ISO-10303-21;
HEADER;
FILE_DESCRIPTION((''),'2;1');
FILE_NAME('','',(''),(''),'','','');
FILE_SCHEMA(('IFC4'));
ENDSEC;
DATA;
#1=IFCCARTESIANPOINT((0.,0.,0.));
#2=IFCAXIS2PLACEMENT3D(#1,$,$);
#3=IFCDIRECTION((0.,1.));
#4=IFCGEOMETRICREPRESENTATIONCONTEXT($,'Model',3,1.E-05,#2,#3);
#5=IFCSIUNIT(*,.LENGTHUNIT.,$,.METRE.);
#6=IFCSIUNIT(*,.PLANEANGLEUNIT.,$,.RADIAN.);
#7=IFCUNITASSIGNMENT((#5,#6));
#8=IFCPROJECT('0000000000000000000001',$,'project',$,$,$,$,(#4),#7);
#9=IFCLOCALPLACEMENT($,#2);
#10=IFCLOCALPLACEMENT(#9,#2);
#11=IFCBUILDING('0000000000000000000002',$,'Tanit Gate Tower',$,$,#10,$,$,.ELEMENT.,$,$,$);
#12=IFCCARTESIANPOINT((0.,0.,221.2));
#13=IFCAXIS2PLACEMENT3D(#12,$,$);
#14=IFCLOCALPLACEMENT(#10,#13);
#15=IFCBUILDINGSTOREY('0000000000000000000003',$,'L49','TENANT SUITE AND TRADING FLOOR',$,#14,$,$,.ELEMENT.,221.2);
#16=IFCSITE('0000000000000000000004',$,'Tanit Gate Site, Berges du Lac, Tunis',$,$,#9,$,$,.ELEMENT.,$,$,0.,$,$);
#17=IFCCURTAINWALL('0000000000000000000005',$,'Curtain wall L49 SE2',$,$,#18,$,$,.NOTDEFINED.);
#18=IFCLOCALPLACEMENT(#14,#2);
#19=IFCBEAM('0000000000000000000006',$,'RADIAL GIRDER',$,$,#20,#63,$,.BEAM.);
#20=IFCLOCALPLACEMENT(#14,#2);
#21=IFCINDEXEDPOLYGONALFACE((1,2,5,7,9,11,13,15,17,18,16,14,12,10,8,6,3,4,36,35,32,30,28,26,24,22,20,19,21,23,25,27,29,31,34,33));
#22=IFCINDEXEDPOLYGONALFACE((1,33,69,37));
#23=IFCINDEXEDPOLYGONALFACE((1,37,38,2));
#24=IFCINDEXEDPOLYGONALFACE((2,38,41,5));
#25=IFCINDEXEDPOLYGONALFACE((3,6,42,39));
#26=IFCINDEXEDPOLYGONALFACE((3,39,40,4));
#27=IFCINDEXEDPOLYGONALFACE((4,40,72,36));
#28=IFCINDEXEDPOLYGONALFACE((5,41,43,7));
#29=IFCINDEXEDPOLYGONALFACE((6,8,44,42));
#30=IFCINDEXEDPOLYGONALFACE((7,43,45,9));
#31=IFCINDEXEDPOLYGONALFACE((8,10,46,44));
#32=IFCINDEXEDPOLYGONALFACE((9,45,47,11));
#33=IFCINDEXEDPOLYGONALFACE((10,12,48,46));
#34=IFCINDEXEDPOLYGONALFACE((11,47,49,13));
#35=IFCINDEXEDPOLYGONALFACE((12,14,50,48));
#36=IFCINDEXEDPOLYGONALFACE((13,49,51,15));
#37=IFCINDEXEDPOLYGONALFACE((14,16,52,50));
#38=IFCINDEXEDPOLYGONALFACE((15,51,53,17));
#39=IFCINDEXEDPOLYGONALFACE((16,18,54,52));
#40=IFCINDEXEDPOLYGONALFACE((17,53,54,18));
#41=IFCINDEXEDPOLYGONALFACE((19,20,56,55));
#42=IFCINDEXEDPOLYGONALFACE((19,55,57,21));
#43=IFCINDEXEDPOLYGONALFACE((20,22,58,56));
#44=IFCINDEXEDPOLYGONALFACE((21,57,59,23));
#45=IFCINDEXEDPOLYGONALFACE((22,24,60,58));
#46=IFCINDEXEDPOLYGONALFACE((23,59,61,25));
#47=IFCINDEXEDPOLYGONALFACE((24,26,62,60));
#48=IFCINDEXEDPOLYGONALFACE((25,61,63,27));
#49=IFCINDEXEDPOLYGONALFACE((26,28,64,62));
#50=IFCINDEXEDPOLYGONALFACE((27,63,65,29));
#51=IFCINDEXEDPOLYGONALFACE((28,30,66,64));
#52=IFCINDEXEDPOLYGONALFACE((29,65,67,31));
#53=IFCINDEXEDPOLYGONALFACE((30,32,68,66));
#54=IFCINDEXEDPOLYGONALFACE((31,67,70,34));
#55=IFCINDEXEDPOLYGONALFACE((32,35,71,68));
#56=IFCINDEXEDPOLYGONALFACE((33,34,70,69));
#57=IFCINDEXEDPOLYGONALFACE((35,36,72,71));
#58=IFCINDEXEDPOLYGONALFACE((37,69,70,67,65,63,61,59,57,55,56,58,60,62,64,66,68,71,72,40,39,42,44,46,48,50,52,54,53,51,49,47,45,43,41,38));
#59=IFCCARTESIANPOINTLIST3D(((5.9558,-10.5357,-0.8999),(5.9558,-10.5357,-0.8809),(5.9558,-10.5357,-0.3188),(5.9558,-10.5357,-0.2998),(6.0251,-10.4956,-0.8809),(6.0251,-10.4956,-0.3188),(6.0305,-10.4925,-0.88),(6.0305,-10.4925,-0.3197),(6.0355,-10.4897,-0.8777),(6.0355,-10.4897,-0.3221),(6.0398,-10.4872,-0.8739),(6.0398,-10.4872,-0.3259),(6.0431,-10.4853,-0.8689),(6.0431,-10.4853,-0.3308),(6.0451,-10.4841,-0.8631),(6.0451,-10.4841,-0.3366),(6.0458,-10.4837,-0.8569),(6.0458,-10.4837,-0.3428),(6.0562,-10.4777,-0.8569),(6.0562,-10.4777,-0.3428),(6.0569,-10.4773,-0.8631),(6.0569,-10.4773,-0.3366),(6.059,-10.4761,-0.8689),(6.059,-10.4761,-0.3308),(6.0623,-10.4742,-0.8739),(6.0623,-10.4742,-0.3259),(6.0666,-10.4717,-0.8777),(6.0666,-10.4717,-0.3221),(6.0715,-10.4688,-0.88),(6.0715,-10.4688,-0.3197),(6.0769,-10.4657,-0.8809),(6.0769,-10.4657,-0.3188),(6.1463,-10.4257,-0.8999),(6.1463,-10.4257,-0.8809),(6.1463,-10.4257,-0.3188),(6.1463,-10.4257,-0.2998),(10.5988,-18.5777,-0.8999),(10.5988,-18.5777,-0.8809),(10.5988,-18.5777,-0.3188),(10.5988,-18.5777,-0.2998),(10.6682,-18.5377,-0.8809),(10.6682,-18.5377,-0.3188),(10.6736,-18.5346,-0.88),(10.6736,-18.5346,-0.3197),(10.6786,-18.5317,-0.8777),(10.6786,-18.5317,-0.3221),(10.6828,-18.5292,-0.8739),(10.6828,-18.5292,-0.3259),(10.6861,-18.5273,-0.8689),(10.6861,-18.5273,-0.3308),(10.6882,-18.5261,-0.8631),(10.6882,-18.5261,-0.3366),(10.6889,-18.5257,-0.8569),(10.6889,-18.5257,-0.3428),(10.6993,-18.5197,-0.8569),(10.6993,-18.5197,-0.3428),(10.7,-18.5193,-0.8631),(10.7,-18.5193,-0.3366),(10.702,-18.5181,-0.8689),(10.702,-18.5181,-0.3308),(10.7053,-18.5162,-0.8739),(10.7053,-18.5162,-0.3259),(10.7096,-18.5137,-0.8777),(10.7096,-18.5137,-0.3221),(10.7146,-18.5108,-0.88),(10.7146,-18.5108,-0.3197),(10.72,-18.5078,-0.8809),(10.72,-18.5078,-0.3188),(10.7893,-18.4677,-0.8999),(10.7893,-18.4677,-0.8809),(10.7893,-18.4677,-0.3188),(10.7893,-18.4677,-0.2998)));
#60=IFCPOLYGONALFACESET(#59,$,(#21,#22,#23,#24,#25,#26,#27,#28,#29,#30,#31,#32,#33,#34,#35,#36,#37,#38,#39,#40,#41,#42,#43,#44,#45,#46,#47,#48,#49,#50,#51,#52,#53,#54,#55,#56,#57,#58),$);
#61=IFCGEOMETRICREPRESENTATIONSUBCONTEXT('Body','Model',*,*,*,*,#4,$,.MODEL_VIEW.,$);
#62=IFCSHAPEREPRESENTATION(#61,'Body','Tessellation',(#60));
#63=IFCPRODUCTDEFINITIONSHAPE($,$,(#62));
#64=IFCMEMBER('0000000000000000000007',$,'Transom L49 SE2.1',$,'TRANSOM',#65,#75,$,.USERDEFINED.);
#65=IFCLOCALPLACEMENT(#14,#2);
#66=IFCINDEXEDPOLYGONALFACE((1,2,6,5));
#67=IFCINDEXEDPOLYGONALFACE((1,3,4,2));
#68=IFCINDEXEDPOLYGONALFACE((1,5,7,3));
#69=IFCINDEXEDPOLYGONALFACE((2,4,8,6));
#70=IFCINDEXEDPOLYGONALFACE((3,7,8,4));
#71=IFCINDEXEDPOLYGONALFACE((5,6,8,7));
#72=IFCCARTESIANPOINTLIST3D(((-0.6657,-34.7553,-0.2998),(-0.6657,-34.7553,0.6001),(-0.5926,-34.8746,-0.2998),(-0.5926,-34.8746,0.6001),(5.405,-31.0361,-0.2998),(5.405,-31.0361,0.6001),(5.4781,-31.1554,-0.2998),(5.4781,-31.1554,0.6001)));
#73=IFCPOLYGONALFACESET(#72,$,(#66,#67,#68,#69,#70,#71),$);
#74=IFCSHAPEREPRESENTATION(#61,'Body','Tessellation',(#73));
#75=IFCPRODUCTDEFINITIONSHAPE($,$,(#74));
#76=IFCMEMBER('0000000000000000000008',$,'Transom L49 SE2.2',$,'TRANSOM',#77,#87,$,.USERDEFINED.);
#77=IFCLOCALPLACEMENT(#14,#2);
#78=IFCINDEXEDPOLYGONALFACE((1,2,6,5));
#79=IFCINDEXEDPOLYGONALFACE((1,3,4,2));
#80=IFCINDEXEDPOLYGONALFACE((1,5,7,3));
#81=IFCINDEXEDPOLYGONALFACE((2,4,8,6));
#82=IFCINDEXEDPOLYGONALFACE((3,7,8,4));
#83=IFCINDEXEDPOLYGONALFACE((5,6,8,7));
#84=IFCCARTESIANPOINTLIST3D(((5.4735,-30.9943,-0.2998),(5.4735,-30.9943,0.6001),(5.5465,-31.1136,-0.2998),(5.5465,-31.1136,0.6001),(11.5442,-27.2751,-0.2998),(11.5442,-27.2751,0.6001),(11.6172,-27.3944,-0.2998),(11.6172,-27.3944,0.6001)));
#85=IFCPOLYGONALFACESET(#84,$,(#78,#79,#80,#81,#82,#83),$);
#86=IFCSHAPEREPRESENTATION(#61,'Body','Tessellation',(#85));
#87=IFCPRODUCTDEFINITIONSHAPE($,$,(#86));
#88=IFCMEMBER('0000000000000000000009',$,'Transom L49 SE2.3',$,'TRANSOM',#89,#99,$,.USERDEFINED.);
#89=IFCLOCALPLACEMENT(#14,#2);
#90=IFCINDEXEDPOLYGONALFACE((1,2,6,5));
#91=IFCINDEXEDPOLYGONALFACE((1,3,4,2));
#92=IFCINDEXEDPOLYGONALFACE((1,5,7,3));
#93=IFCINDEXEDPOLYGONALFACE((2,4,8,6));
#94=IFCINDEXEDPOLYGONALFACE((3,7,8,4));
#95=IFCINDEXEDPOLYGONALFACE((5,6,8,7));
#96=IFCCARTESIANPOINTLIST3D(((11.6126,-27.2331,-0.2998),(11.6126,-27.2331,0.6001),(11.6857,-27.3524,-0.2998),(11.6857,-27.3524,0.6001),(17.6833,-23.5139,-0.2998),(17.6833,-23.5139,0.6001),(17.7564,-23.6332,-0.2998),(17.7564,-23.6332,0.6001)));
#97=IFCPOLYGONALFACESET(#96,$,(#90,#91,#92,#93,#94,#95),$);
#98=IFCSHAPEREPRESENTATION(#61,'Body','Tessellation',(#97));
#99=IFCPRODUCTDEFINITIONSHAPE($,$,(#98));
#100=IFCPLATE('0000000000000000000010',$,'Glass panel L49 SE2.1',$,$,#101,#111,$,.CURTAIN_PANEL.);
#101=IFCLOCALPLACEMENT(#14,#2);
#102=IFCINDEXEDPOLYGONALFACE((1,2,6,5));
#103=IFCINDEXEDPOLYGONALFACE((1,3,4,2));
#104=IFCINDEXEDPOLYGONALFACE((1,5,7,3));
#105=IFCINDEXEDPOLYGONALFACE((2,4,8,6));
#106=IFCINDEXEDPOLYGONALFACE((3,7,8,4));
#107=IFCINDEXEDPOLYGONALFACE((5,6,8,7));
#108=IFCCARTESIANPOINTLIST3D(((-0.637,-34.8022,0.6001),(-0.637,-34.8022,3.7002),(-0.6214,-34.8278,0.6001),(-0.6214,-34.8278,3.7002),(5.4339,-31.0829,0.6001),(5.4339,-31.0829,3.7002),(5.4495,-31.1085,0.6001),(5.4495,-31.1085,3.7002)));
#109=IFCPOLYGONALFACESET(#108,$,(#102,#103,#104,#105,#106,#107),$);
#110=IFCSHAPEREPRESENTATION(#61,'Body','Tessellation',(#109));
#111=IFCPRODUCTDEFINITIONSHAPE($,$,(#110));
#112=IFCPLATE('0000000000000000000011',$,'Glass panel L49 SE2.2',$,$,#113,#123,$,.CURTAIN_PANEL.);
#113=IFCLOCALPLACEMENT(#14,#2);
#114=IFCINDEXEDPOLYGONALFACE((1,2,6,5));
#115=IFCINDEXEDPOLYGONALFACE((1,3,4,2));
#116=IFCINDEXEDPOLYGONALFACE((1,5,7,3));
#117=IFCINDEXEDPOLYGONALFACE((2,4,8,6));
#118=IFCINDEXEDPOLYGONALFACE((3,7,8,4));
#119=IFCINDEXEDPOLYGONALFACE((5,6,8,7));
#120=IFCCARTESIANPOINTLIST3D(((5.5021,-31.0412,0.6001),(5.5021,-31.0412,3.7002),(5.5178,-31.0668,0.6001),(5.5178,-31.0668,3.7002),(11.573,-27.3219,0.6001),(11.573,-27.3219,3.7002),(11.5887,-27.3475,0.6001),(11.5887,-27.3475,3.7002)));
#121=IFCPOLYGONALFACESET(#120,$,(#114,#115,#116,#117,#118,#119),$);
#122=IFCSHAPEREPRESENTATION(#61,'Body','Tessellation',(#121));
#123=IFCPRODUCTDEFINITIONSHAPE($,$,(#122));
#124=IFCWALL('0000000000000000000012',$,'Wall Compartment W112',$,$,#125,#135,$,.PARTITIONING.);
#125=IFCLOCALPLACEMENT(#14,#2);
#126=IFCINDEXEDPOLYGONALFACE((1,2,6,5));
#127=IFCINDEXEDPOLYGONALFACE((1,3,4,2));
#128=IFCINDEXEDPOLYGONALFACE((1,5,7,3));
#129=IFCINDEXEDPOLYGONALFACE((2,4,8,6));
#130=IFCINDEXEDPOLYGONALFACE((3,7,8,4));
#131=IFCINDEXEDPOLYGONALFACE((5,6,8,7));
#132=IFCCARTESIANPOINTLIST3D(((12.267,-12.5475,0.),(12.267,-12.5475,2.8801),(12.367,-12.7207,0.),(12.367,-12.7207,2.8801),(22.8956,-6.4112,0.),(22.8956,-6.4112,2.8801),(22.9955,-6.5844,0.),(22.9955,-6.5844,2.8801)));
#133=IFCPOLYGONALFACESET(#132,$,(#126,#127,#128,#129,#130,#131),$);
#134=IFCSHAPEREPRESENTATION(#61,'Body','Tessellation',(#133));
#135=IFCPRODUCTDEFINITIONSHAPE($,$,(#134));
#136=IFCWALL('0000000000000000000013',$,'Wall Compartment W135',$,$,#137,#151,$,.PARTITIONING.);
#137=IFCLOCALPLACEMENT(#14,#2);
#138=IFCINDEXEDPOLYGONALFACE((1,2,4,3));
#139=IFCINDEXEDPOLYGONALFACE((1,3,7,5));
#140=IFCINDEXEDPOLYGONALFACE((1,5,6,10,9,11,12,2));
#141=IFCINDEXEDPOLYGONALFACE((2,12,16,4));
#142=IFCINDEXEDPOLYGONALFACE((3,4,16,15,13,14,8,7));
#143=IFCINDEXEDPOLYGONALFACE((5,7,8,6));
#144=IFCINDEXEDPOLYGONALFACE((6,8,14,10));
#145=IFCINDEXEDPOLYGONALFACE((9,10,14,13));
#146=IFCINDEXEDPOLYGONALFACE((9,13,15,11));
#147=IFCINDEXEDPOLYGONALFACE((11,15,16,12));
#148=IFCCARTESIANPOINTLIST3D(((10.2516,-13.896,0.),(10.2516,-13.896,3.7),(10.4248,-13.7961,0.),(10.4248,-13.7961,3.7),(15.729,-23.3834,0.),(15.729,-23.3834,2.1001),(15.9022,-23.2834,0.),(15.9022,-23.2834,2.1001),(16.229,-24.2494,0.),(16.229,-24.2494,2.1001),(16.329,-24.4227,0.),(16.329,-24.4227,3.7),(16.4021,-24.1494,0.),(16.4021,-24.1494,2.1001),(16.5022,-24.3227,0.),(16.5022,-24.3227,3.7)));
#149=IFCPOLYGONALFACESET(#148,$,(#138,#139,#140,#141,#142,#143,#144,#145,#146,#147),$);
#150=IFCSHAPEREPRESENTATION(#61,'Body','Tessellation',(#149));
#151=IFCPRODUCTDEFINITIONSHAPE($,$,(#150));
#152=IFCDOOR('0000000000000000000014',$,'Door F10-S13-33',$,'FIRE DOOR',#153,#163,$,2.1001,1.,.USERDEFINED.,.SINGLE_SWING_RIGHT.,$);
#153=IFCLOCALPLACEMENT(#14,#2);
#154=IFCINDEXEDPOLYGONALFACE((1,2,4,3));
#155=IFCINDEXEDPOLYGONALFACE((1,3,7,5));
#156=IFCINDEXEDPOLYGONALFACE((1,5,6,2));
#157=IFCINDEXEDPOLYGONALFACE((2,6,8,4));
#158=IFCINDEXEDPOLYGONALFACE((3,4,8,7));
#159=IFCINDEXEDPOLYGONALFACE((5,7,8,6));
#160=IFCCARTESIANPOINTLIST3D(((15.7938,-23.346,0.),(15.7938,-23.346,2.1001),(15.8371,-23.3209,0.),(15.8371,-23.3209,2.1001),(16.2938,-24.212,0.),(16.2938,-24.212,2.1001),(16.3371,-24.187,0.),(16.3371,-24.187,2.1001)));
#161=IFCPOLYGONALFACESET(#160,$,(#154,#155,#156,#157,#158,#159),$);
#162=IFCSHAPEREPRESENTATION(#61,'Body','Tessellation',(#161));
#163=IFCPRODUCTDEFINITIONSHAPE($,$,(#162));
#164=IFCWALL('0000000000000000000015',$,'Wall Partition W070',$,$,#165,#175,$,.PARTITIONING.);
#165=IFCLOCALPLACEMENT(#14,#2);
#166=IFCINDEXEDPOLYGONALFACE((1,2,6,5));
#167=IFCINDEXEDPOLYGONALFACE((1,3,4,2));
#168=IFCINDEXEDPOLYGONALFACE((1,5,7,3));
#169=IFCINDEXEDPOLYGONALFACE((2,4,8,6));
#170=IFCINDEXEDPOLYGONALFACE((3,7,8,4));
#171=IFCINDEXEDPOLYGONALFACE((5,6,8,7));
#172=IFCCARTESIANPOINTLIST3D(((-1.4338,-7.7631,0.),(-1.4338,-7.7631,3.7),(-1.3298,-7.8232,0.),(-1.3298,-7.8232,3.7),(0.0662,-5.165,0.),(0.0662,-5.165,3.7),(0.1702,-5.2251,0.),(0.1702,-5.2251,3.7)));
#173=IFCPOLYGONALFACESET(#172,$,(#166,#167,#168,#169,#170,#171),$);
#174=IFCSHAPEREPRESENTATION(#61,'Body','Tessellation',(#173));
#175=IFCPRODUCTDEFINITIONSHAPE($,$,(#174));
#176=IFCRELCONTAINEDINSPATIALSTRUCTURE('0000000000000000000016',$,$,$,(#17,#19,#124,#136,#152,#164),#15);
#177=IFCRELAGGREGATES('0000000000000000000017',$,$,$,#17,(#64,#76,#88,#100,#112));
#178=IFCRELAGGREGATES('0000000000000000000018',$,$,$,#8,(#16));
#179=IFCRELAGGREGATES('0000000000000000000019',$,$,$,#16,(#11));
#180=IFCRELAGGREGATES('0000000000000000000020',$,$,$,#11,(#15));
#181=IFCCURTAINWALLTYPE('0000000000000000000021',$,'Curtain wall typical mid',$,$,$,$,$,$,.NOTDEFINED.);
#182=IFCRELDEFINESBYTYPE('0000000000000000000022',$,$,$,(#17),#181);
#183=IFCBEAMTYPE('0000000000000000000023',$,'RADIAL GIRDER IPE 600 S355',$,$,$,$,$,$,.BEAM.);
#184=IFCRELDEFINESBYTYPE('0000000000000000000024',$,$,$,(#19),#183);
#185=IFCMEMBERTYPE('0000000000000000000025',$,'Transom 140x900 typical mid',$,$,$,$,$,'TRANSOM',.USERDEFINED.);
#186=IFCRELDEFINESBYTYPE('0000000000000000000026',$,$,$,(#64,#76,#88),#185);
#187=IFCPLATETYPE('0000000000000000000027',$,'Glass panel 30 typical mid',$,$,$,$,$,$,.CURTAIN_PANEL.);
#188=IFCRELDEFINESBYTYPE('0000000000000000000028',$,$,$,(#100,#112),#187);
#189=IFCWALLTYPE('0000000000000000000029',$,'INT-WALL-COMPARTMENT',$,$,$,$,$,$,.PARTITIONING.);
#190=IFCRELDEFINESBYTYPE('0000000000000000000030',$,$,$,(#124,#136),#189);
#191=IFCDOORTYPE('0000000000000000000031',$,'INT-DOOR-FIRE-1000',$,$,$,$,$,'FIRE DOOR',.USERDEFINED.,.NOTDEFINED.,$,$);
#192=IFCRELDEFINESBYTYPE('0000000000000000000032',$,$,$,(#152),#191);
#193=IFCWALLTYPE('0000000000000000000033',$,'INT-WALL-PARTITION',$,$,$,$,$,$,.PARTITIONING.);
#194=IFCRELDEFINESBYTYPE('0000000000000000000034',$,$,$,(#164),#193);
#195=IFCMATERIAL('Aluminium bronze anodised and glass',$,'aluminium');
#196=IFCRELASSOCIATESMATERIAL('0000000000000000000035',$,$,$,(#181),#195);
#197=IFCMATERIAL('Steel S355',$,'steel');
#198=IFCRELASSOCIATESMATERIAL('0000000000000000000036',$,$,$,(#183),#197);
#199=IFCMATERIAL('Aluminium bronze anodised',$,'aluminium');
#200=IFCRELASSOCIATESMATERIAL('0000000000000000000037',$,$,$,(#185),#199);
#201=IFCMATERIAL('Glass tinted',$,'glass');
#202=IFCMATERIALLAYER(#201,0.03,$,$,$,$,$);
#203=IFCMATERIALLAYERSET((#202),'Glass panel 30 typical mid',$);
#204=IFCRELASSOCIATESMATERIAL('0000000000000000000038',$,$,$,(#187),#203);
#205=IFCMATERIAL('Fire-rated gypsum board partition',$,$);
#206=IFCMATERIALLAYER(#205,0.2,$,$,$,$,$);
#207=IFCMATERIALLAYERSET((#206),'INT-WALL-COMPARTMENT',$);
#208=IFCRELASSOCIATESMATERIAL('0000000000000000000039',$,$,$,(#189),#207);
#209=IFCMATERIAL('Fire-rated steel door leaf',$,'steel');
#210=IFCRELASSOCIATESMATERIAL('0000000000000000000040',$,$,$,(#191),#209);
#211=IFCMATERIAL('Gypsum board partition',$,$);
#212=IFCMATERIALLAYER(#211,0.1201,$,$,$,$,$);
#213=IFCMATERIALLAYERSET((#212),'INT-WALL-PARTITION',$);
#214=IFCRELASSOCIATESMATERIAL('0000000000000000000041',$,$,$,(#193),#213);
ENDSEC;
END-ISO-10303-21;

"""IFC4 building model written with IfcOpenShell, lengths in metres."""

from ifc_helpers import new_model, si_unit, direction, frame, frame_2d, origin, origin_2d, place, context, subcontext, project, spatial, rectangle, i_section, extrude, material, layer, layer_set, material_profile, profile_set, type_object, element, fill, aggregate, save


model = new_model("IFC4")

# Units and contexts
model_context = context("Model", 3, precision=1e-05, world=origin(), true_north=direction((0.0, 1.0)))
body_context = subcontext(model_context, "Body", "Model", "MODEL_VIEW")
ifc_project = project(units=[si_unit("LENGTHUNIT", "METRE"), si_unit("PLANEANGLEUNIT", "RADIAN")], contexts=[model_context])

# Site, building, storey
site_placement = place(None, origin())
site = spatial("IfcSite", under=ifc_project, at=site_placement, Name="Tanit Gate Site, Berges du Lac, Tunis", CompositionType="ELEMENT", RefElevation=0.0)
building_placement = place(site_placement, origin())
building = spatial("IfcBuilding", under=site, at=building_placement, Name="Tanit Gate Tower", CompositionType="ELEMENT")
storey_placement = place(building_placement, frame((0.0, 0.0, 221.2)))
storey = spatial("IfcBuildingStorey", under=building, at=storey_placement, Name="L49", Description="TENANT SUITE AND TRADING FLOOR", CompositionType="ELEMENT", Elevation=221.2)

# Curtain wall
ifc_material_1 = material(Name="Aluminium bronze anodised and glass", Category="aluminium")
curtain_wall_type = type_object("IfcCurtainWallType", Name="Curtain wall typical mid", PredefinedType="NOTDEFINED", material=ifc_material_1)
curtain_wall_placement = place(storey_placement, origin())
curtain_wall = element("IfcCurtainWall", 1, at=curtain_wall_placement, inside=storey, type_object=curtain_wall_type, Name="Curtain wall L49 SE2", PredefinedType="NOTDEFINED")

# Beam
ifc_material_2 = material(Name="Steel S355", Category="steel")
ifc_material_profile_1 = material_profile(ifc_material_2, i_section(OverallWidth=0.22, OverallDepth=0.6001, WebThickness=0.012, FlangeThickness=0.019, FilletRadius=0.0239, at=origin_2d()), Name="IPE 600")
ifc_profile_set_1 = profile_set([ifc_material_profile_1], Name="Steel S355")
beam_type_1 = type_object("IfcBeamType", Name="RADIAL GIRDER IPE 600 S355", PredefinedType="BEAM", material=ifc_profile_set_1)
beam_1_placement = place(storey_placement, frame((10.6941, -18.5227, -0.5999), z_axis=(-0.500002, 0.866024, 0.0), x_axis=(-0.866024, -0.500002, 0.0)))
element("IfcBeam", 2, at=beam_1_placement, inside=storey, type_object=beam_type_1, Name="RADIAL GIRDER", PredefinedType="BEAM", context=body_context, shape_type="SweptSolid", body=[
    extrude(i_section(OverallWidth=0.22, OverallDepth=0.6001, WebThickness=0.012, FlangeThickness=0.019, FilletRadius=0.0239, at=origin_2d()), origin(), (0.0, 0.0, 1.0), 9.2861),
])

# Members
ifc_material_3 = material(Name="Aluminium bronze anodised", Category="aluminium")
ifc_material_profile_2 = material_profile(ifc_material_3, rectangle(XDim=0.1399, YDim=0.8999, at=origin_2d()), Name="140x900 bronze transom")
ifc_profile_set_2 = profile_set([ifc_material_profile_2], Name="Aluminium bronze anodised")
member_type_1 = type_object("IfcMemberType", Name="Transom 140x900 typical mid", ElementType="TRANSOM", PredefinedType="USERDEFINED", material=ifc_profile_set_2)
member_1_placement = place(storey_placement, frame((-0.6292, -34.8149, 0.1501), z_axis=(0.8527, 0.522401, 0.0), x_axis=(-0.522401, 0.8527, 0.0)))
member_1 = element("IfcMember", 3, at=member_1_placement, type_object=member_type_1, Name="Transom L49 SE2.1", ObjectType="TRANSOM", PredefinedType="USERDEFINED", context=body_context, shape_type="SweptSolid", body=[
    extrude(rectangle(XDim=0.1399, YDim=0.8999, at=origin_2d()), origin(), (0.0, 0.0, 1.0), 7.1194),
])
member_2_placement = place(storey_placement, frame((5.51, -31.054, 0.1501), z_axis=(0.8527, 0.522401, 0.0), x_axis=(-0.522401, 0.8527, 0.0)))
member_2 = element("IfcMember", 4, at=member_2_placement, type_object=member_type_1, Name="Transom L49 SE2.2", ObjectType="TRANSOM", PredefinedType="USERDEFINED", context=body_context, shape_type="SweptSolid", body=[
    extrude(rectangle(XDim=0.1399, YDim=0.8999, at=origin_2d()), origin(), (0.0, 0.0, 1.0), 7.1194),
])
member_3_placement = place(storey_placement, frame((11.6492, -27.2927, 0.1501), z_axis=(0.8527, 0.522401, 0.0), x_axis=(-0.522401, 0.8527, 0.0)))
member_3 = element("IfcMember", 5, at=member_3_placement, type_object=member_type_1, Name="Transom L49 SE2.3", ObjectType="TRANSOM", PredefinedType="USERDEFINED", context=body_context, shape_type="SweptSolid", body=[
    extrude(rectangle(XDim=0.1399, YDim=0.8999, at=origin_2d()), origin(), (0.0, 0.0, 1.0), 7.1194),
])

# Plates
ifc_material_4 = material(Name="Glass tinted", Category="glass")
ifc_layer_1 = layer(ifc_material_4, 0.03)
ifc_layer_set_1 = layer_set([ifc_layer_1], Name="Glass panel 30 typical mid")
plate_type = type_object("IfcPlateType", Name="Glass panel 30 typical mid", PredefinedType="CURTAIN_PANEL", material=ifc_layer_set_1)
plate_1_placement = place(storey_placement, frame((2.4062, -32.9553, 0.6001), z_axis=(0.0, 0.0, 1.0), x_axis=(0.8527, 0.522401, 0.0)))
plate_1 = element("IfcPlate", 6, at=plate_1_placement, type_object=plate_type, Name="Glass panel L49 SE2.1", PredefinedType="CURTAIN_PANEL", context=body_context, shape_type="SweptSolid", body=[
    extrude(rectangle(XDim=7.1196, YDim=0.03, at=origin_2d()), origin(), (0.0, 0.0, 1.0), 3.1001),
])
plate_2_placement = place(storey_placement, frame((8.5454, -29.1943, 0.6001), z_axis=(0.0, 0.0, 1.0), x_axis=(0.8527, 0.522401, 0.0)))
plate_2 = element("IfcPlate", 7, at=plate_2_placement, type_object=plate_type, Name="Glass panel L49 SE2.2", PredefinedType="CURTAIN_PANEL", context=body_context, shape_type="SweptSolid", body=[
    extrude(rectangle(XDim=7.1196, YDim=0.03, at=origin_2d()), origin(), (0.0, 0.0, 1.0), 3.1001),
])
aggregate(curtain_wall, [member_1, member_2, member_3, plate_1, plate_2])

# Wall
ifc_material_5 = material(Name="Fire-rated gypsum board partition")
ifc_layer_2 = layer(ifc_material_5, 0.2)
ifc_layer_set_2 = layer_set([ifc_layer_2], Name="INT-WALL-COMPARTMENT")
wall_type_1 = type_object("IfcWallType", Name="INT-WALL-COMPARTMENT", PredefinedType="PARTITIONING", material=ifc_layer_set_2)
wall_1_placement = place(storey_placement, frame((12.3171, -12.634, 0.0), z_axis=(0.0, 0.0, 1.0), x_axis=(0.866029, 0.499995, 0.0)))
element("IfcWall", 8, at=wall_1_placement, inside=storey, type_object=wall_type_1, Name="Wall Compartment W112", PredefinedType="PARTITIONING", context=body_context, shape_type="SweptSolid", body=[
    extrude(rectangle(XDim=12.2727, YDim=0.2, at=frame_2d((6.1362, 0.0))), origin(), (0.0, 0.0, 1.0), 2.8801),
])

# Wall, opening, door
wall_2_placement = place(storey_placement, frame((10.3381, -13.8459, 0.0), z_axis=(0.0, 0.0, 1.0), x_axis=(0.499991, -0.866031, 0.0)))
wall_2 = element("IfcWall", 9, at=wall_2_placement, inside=storey, type_object=wall_type_1, Name="Wall Compartment W135", PredefinedType="PARTITIONING", context=body_context, shape_type="SweptSolid", body=[
    extrude(rectangle(XDim=12.155, YDim=0.2, at=frame_2d((6.0776, 0.0))), origin(), (0.0, 0.0, 1.0), 3.7),
])
opening_1_placement = place(wall_2_placement, frame((10.9551, 0.0, 0.0)))
opening_1 = element("IfcOpeningElement", 10, at=opening_1_placement, cuts=wall_2, PredefinedType="OPENING", context=body_context, shape_type="SweptSolid", body=[
    extrude(rectangle(XDim=1.0, YDim=2.1001, at=frame_2d((0.5, 1.05))), frame((0.0, 0.1099, 0.0), z_axis=(0.0, -1.0, 0.0), x_axis=(1.0, 0.0, 0.0)), (0.0, 0.0, 1.0), 0.22),
])
ifc_material_6 = material(Name="Fire-rated steel door leaf", Category="steel")
door_type_1 = type_object("IfcDoorType", Name="INT-DOOR-FIRE-1000", ElementType="FIRE DOOR", OperationType="NOTDEFINED", PredefinedType="USERDEFINED", material=ifc_material_6)
door_1_placement = place(opening_1_placement, origin())
door_1 = element("IfcDoor", 11, at=door_1_placement, inside=storey, type_object=door_type_1, Name="Door F10-S13-33", ObjectType="FIRE DOOR", OperationType="SINGLE_SWING_RIGHT", OverallHeight=2.1001, OverallWidth=1.0, PredefinedType="USERDEFINED", context=body_context, shape_type="SweptSolid", body=[
    extrude(rectangle(XDim=1.0, YDim=2.1001, at=frame_2d((0.5, 1.05))), frame((0.0, 0.0249, 0.0), z_axis=(0.0, -1.0, 0.0), x_axis=(1.0, 0.0, 0.0)), (0.0, 0.0, 1.0), 0.05),
])
fill(opening_1, door_1)

# Wall
ifc_material_7 = material(Name="Gypsum board partition")
ifc_layer_3 = layer(ifc_material_7, 0.1201)
ifc_layer_set_3 = layer_set([ifc_layer_3], Name="INT-WALL-PARTITION")
wall_type_2 = type_object("IfcWallType", Name="INT-WALL-PARTITION", PredefinedType="PARTITIONING", material=ifc_layer_set_3)
wall_3_placement = place(storey_placement, frame((0.1182, -5.1951, 0.0), z_axis=(0.0, 0.0, 1.0), x_axis=(-0.49999, -0.866031, 0.0)))
element("IfcWall", 12, at=wall_3_placement, inside=storey, type_object=wall_type_2, Name="Wall Partition W070", PredefinedType="PARTITIONING", context=body_context, shape_type="SweptSolid", body=[
    extrude(rectangle(XDim=3.0, YDim=0.1201, at=frame_2d((1.5, 0.0))), origin(), (0.0, 0.0, 1.0), 3.7),
])

save(model, "model.ifc")
